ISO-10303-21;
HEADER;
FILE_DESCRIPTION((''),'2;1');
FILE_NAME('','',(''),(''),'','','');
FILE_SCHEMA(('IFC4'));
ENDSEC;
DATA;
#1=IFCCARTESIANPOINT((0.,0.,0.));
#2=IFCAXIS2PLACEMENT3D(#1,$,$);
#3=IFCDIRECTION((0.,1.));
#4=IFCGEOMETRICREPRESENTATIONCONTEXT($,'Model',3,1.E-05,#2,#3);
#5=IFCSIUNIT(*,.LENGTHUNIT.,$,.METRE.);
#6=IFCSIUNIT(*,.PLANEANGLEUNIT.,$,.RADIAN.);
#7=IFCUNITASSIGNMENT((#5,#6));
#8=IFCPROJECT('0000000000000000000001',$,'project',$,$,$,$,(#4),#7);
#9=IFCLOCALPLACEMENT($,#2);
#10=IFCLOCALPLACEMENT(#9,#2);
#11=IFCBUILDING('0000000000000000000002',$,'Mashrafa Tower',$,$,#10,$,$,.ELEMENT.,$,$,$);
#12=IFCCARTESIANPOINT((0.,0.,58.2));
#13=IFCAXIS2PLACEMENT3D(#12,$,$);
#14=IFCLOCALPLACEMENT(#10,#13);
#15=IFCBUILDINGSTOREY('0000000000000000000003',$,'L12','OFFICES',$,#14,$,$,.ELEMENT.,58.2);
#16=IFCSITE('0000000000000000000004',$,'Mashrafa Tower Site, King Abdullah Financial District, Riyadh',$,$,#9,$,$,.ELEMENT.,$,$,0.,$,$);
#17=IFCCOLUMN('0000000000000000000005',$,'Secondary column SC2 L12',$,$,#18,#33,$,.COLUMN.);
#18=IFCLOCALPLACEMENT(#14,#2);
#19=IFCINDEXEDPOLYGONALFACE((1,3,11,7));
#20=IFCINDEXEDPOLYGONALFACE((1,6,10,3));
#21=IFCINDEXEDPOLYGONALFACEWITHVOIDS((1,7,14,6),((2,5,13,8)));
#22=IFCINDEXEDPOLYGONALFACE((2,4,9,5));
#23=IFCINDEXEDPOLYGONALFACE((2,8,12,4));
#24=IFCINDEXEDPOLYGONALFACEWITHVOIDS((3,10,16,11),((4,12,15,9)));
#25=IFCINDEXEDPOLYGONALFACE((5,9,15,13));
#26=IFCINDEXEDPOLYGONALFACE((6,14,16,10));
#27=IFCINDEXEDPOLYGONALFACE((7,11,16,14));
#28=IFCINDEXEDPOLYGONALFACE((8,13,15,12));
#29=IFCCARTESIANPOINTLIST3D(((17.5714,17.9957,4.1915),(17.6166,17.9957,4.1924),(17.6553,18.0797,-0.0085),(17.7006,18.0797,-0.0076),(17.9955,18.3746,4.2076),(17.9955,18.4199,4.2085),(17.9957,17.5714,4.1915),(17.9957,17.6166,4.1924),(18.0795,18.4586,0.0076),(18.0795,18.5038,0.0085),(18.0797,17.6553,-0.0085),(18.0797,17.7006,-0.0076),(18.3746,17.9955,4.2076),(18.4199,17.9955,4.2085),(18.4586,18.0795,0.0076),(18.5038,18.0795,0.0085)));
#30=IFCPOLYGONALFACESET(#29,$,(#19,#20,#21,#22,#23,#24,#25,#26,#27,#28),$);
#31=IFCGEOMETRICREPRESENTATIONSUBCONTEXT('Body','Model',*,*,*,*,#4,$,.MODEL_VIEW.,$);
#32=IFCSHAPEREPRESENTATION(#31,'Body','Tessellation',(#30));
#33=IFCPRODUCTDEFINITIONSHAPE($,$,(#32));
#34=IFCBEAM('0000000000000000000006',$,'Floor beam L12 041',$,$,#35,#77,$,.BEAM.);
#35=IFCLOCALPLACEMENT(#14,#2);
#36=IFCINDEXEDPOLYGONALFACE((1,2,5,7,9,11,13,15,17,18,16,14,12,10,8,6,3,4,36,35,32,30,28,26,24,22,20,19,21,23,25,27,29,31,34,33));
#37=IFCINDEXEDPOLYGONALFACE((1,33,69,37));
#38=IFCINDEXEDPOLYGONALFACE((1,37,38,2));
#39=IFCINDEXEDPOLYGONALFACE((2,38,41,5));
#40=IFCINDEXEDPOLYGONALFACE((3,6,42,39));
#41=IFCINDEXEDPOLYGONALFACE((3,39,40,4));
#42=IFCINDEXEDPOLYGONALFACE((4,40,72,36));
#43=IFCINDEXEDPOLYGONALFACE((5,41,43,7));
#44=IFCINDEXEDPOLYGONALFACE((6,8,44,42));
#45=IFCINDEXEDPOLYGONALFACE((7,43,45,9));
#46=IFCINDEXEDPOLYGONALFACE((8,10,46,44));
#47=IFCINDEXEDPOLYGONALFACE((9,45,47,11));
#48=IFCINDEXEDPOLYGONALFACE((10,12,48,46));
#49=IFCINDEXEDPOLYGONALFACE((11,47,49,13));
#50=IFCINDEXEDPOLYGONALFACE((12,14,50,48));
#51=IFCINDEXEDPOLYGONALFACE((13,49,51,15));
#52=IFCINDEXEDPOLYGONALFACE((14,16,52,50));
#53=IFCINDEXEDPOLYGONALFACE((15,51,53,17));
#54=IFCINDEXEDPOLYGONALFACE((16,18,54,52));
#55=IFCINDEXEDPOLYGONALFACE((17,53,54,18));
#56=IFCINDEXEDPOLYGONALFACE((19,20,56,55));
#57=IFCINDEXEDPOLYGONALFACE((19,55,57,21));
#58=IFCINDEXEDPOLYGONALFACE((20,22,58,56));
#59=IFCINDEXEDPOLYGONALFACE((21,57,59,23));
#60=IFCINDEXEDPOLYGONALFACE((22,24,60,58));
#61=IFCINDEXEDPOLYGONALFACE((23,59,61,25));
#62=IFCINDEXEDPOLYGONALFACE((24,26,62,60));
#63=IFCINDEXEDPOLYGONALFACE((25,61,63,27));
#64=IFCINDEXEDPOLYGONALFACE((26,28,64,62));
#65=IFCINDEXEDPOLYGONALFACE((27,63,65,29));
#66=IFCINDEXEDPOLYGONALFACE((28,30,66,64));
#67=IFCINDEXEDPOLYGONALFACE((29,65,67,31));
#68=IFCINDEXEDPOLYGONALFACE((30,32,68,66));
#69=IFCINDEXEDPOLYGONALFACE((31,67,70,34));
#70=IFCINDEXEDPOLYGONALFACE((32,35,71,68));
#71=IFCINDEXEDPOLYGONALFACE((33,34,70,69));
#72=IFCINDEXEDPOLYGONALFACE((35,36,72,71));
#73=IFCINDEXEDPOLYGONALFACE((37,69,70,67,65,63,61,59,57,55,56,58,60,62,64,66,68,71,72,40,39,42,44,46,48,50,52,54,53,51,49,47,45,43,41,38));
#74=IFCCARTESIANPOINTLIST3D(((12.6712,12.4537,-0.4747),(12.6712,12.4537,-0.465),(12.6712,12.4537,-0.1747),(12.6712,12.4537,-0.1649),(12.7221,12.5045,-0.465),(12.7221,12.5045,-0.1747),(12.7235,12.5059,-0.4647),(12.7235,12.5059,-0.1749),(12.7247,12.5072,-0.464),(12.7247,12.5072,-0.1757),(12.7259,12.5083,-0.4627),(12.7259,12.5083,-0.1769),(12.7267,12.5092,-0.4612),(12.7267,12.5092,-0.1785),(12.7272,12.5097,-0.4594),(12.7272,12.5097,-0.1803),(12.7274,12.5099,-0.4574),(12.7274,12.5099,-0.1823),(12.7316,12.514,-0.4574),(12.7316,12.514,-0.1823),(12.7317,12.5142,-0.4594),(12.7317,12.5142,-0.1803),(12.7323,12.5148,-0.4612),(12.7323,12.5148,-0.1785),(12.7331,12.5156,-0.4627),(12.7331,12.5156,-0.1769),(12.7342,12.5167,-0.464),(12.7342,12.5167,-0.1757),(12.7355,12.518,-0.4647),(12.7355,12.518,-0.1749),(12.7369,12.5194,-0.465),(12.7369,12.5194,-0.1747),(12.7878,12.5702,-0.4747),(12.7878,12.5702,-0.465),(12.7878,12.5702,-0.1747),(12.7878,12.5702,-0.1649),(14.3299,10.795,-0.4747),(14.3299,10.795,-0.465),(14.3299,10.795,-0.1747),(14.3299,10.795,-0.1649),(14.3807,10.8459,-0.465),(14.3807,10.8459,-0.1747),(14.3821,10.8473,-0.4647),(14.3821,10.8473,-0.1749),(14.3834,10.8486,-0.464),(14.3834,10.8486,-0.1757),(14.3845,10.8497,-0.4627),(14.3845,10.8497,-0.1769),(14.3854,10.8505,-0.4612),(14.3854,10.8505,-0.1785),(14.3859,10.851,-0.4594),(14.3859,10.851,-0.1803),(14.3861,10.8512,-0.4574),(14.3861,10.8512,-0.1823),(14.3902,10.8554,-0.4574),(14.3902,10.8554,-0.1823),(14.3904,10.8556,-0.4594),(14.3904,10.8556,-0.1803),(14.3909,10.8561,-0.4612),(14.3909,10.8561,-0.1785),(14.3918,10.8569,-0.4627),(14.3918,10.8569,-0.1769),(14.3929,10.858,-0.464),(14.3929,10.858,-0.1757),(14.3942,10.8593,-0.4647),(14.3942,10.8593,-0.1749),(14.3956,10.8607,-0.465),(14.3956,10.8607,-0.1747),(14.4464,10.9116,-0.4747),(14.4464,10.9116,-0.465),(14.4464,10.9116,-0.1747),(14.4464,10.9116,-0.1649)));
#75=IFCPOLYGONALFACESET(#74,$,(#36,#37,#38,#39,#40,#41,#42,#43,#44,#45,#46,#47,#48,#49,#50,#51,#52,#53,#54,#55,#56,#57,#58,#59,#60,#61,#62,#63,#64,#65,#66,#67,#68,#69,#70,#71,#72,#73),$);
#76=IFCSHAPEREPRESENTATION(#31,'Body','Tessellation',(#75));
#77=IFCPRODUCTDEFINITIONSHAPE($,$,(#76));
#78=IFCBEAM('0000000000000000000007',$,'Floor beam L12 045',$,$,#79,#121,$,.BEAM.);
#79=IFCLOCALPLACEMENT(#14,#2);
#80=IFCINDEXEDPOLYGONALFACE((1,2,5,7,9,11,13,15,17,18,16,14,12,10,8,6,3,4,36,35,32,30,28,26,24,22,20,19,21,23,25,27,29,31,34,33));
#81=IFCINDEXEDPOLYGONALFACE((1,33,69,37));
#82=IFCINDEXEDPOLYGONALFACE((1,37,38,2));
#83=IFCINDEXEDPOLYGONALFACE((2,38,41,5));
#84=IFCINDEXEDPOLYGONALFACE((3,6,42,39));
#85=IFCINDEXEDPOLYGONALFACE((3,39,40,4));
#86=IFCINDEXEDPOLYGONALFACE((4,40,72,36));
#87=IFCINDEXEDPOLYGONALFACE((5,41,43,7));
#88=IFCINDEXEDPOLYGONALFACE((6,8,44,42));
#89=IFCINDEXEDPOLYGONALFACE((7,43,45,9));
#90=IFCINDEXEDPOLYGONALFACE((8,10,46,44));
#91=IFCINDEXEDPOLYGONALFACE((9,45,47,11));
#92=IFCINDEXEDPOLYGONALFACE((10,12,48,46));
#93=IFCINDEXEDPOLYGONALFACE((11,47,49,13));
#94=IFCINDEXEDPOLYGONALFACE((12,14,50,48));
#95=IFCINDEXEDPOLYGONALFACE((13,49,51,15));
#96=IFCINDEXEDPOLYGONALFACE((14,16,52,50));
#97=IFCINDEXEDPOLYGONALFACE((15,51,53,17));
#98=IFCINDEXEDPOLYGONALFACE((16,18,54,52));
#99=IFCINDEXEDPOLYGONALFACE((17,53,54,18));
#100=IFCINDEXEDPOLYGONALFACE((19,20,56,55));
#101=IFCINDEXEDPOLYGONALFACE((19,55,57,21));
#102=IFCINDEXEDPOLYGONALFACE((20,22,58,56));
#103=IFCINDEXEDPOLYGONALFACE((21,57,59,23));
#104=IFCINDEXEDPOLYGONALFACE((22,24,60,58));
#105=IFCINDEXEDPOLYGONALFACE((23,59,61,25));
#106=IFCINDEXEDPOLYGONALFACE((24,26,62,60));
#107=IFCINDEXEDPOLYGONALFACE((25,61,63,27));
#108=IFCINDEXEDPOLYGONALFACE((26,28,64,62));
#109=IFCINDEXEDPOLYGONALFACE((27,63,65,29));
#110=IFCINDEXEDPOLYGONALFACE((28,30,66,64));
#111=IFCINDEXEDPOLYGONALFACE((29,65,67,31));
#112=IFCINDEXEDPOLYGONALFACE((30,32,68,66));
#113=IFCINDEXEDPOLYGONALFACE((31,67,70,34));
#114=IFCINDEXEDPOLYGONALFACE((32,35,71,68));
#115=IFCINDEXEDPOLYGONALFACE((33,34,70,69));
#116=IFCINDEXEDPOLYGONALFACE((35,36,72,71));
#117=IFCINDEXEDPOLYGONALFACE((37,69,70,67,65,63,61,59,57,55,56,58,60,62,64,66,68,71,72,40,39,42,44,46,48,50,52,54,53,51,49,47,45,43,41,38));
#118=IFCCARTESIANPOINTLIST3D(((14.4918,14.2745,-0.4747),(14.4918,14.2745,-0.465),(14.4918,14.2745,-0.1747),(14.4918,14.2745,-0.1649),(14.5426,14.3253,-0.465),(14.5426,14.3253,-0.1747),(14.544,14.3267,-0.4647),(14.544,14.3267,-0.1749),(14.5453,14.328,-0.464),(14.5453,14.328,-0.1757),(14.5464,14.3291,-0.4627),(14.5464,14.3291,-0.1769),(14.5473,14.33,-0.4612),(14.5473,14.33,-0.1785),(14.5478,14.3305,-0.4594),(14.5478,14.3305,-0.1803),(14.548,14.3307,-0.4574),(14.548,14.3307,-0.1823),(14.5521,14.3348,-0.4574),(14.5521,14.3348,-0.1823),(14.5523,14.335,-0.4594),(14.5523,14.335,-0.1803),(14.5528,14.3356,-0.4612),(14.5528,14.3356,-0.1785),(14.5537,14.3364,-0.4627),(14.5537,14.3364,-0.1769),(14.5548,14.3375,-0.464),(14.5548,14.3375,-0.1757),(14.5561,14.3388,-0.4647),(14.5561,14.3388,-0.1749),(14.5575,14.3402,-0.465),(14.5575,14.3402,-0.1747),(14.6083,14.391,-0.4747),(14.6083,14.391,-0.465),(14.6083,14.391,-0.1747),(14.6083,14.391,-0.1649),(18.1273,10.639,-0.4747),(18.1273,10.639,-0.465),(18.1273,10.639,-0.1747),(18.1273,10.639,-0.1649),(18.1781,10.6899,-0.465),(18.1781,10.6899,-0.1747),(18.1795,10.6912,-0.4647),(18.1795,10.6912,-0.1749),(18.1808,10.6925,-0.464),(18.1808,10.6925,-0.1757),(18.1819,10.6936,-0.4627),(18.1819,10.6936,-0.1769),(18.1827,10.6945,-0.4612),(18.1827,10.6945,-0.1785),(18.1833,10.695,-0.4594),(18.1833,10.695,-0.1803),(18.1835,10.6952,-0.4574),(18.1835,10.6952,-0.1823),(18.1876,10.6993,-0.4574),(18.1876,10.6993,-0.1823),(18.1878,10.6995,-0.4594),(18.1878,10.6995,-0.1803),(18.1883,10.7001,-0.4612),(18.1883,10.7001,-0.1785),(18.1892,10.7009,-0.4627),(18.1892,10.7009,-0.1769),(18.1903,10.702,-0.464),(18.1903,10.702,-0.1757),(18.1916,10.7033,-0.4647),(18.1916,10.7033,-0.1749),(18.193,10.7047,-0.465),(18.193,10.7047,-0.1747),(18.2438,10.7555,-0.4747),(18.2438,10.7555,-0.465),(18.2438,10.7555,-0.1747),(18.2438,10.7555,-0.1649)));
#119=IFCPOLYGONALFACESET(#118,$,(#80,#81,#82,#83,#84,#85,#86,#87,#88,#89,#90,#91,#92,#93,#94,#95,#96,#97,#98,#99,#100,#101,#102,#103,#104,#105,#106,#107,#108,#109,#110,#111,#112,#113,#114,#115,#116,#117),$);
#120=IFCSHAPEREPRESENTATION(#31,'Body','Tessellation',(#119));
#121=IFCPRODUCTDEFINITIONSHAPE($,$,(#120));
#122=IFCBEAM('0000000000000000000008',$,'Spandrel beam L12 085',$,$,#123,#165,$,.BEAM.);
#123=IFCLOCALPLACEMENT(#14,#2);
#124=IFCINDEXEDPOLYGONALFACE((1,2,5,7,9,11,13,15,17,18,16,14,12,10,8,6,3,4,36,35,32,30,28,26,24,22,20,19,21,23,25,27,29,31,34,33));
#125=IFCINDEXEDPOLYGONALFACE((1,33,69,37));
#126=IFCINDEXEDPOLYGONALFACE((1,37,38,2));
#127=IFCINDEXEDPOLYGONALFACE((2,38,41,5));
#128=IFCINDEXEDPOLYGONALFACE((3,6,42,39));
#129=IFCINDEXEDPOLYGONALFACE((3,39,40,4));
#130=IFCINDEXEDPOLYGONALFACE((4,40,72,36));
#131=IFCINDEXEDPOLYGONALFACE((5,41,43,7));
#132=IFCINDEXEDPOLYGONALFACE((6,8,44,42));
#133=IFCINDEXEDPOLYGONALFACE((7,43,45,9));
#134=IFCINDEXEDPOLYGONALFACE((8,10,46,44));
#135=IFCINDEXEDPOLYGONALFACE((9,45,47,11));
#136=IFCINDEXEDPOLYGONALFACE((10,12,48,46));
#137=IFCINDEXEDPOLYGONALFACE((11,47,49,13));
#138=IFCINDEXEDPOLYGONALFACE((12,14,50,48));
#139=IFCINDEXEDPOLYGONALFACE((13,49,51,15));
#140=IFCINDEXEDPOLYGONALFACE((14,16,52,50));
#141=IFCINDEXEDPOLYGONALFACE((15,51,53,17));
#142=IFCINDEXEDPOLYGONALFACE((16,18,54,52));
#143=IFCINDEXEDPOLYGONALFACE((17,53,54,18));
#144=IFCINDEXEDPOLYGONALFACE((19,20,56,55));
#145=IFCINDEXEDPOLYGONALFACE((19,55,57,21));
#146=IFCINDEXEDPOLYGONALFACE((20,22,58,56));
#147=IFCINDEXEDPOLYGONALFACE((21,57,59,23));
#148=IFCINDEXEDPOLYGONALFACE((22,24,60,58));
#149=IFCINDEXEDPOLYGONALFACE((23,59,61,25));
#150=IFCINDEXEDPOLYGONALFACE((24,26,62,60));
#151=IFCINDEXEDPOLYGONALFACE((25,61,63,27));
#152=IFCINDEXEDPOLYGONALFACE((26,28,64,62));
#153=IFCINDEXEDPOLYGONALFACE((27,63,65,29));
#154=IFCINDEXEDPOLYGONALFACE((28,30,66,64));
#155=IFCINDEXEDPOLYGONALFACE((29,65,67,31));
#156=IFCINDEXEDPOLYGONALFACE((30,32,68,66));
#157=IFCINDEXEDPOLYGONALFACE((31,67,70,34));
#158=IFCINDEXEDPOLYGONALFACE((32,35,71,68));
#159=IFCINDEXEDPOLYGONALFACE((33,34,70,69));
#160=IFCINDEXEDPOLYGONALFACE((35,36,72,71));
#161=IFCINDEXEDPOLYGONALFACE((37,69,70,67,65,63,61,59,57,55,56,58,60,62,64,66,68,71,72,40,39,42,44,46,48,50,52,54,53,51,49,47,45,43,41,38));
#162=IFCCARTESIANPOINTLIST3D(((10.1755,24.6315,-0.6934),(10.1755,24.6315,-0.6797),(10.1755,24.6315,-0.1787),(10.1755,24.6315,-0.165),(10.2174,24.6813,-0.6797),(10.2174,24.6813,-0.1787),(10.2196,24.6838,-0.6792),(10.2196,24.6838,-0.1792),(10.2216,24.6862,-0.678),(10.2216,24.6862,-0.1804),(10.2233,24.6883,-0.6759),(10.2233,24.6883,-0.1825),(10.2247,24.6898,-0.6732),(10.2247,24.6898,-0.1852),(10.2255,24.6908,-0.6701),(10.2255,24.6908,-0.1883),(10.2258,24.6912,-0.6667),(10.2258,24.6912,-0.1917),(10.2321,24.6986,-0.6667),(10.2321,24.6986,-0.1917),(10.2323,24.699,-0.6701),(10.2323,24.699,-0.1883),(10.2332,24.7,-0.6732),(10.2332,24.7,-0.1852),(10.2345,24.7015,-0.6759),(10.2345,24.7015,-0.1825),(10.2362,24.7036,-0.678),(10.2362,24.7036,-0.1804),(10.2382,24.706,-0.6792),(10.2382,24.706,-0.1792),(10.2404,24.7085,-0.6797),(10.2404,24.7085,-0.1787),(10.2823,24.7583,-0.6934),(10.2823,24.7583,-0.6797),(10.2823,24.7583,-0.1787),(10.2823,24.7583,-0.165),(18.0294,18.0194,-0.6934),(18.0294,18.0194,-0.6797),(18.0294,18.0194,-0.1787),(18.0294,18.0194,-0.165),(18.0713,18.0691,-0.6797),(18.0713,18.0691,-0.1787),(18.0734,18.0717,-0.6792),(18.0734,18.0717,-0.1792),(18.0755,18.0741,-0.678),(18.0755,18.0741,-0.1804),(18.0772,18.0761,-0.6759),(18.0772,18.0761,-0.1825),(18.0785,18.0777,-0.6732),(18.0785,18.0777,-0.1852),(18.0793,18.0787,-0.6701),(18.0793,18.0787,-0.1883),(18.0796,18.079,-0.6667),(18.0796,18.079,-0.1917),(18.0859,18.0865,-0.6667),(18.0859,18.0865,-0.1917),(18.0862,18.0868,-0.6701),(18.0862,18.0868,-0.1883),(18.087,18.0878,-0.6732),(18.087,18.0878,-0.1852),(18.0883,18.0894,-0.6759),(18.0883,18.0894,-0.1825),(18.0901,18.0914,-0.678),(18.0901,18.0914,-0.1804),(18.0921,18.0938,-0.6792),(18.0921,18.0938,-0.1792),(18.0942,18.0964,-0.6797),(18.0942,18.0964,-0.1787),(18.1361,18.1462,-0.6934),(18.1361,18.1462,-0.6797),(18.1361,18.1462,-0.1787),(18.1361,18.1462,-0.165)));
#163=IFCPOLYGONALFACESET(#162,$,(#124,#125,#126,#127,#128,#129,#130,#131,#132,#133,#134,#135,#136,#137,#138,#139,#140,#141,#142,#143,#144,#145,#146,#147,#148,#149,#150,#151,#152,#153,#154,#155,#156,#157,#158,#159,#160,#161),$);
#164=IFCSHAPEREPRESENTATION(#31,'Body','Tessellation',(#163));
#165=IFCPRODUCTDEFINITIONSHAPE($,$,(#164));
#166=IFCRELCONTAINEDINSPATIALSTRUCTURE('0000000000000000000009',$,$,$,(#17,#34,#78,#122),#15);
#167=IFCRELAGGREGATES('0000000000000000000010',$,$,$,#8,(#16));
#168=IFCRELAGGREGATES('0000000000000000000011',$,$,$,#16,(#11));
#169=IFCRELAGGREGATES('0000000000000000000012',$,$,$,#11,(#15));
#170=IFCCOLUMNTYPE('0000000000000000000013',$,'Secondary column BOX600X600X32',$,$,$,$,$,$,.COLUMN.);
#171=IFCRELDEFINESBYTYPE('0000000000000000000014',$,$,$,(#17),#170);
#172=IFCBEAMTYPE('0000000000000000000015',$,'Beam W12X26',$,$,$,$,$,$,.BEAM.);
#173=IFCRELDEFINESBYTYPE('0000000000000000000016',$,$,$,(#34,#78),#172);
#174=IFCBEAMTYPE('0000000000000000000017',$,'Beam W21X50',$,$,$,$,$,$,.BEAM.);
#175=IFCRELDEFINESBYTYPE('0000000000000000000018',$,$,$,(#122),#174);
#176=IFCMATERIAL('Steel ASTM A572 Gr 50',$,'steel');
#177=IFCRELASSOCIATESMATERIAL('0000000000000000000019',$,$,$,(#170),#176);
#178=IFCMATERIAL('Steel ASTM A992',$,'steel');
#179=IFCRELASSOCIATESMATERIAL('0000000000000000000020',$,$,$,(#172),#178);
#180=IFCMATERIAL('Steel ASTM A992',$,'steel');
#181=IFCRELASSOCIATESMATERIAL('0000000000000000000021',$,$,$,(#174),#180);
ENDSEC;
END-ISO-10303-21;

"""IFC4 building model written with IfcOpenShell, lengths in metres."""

from ifc_helpers import new_model, si_unit, direction, frame, origin, origin_2d, place, context, subcontext, project, spatial, hollow_rectangle, i_section, extrude, material, material_profile, profile_set, type_object, element, save


model = new_model("IFC4")

# Units and contexts
model_context = context("Model", 3, precision=1e-05, world=origin(), true_north=direction((0.0, 1.0)))
body_context = subcontext(model_context, "Body", "Model", "MODEL_VIEW")
ifc_project = project(units=[si_unit("LENGTHUNIT", "METRE"), si_unit("PLANEANGLEUNIT", "RADIAN")], contexts=[model_context])

# Site, building, storey
site_placement = place(None, origin())
site = spatial("IfcSite", under=ifc_project, at=site_placement, Name="Mashrafa Tower Site, King Abdullah Financial District, Riyadh", CompositionType="ELEMENT", RefElevation=0.0)
building_placement = place(site_placement, origin())
building = spatial("IfcBuilding", under=site, at=building_placement, Name="Mashrafa Tower", CompositionType="ELEMENT")
storey_placement = place(building_placement, frame((0.0, 0.0, 58.2)))
storey = spatial("IfcBuildingStorey", under=building, at=storey_placement, Name="L12", Description="OFFICES", CompositionType="ELEMENT", Elevation=58.2)

# Column
ifc_material_1 = material(Name="Steel ASTM A572 Gr 50", Category="steel")
ifc_material_profile_1 = material_profile(ifc_material_1, hollow_rectangle(XDim=0.6001, YDim=0.6001, WallThickness=0.032, at=origin_2d()), Name="BOX600X600X32")
ifc_profile_set_1 = profile_set([ifc_material_profile_1], Name="Steel ASTM A572 Gr 50")
column_type = type_object("IfcColumnType", Name="Secondary column BOX600X600X32", PredefinedType="COLUMN", material=ifc_profile_set_1)
column_placement = place(storey_placement, frame((18.0796, 18.0796, 0.0), z_axis=(-0.019989, -0.019989, 0.9996), x_axis=(0.707107, -0.707107, 0.0)))
element("IfcColumn", 1, at=column_placement, inside=storey, type_object=column_type, Name="Secondary column SC2 L12", PredefinedType="COLUMN", context=body_context, shape_type="SweptSolid", body=[
    extrude(hollow_rectangle(XDim=0.6001, YDim=0.6001, WallThickness=0.032, at=origin_2d()), origin(), (0.0, 0.0, 1.0), 4.2017),
])

# Beams
ifc_material_2 = material(Name="Steel ASTM A992", Category="steel")
ifc_material_profile_2 = material_profile(ifc_material_2, i_section(OverallWidth=0.1648, OverallDepth=0.3098, WebThickness=0.0059, FlangeThickness=0.0098, FilletRadius=0.0076, at=origin_2d()), Name="W12X26")
ifc_profile_set_2 = profile_set([ifc_material_profile_2], Name="Steel ASTM A992")
beam_type_1 = type_object("IfcBeamType", Name="Beam W12X26", PredefinedType="BEAM", material=ifc_profile_set_2)
beam_1_placement = place(storey_placement, frame((12.7295, 12.512, -0.3198), z_axis=(0.707107, -0.707107, 0.0), x_axis=(0.707107, 0.707107, 0.0)))
element("IfcBeam", 2, at=beam_1_placement, inside=storey, type_object=beam_type_1, Name="Floor beam L12 041", PredefinedType="BEAM", context=body_context, shape_type="SweptSolid", body=[
    extrude(i_section(OverallWidth=0.1648, OverallDepth=0.3098, WebThickness=0.0059, FlangeThickness=0.0098, FilletRadius=0.0076, at=origin_2d()), origin(), (0.0, 0.0, 1.0), 2.3457),
])
beam_2_placement = place(storey_placement, frame((14.55, 14.3328, -0.3198), z_axis=(0.707107, -0.707107, 0.0), x_axis=(0.707107, 0.707107, 0.0)))
element("IfcBeam", 3, at=beam_2_placement, inside=storey, type_object=beam_type_1, Name="Floor beam L12 045", PredefinedType="BEAM", context=body_context, shape_type="SweptSolid", body=[
    extrude(i_section(OverallWidth=0.1648, OverallDepth=0.3098, WebThickness=0.0059, FlangeThickness=0.0098, FilletRadius=0.0076, at=origin_2d()), origin(), (0.0, 0.0, 1.0), 5.1414),
])
ifc_material_3 = material(Name="Steel ASTM A992", Category="steel")
ifc_material_profile_3 = material_profile(ifc_material_3, i_section(OverallWidth=0.1658, OverallDepth=0.5283, WebThickness=0.0098, FlangeThickness=0.0137, FilletRadius=0.0129, at=origin_2d()), Name="W21X50")
ifc_profile_set_3 = profile_set([ifc_material_profile_3], Name="Steel ASTM A992")
beam_type_2 = type_object("IfcBeamType", Name="Beam W21X50", PredefinedType="BEAM", material=ifc_profile_set_3)
beam_3_placement = place(storey_placement, frame((18.0828, 18.0828, -0.4292), z_axis=(-0.76499, 0.644043, 0.0), x_axis=(-0.644043, -0.76499, 0.0)))
element("IfcBeam", 4, at=beam_3_placement, inside=storey, type_object=beam_type_2, Name="Spandrel beam L12 085", PredefinedType="BEAM", context=body_context, shape_type="SweptSolid", body=[
    extrude(i_section(OverallWidth=0.1658, OverallDepth=0.5283, WebThickness=0.0098, FlangeThickness=0.0137, FilletRadius=0.0129, at=origin_2d()), origin(), (0.0, 0.0, 1.0), 10.2666),
])

save(model, "model.ifc")
